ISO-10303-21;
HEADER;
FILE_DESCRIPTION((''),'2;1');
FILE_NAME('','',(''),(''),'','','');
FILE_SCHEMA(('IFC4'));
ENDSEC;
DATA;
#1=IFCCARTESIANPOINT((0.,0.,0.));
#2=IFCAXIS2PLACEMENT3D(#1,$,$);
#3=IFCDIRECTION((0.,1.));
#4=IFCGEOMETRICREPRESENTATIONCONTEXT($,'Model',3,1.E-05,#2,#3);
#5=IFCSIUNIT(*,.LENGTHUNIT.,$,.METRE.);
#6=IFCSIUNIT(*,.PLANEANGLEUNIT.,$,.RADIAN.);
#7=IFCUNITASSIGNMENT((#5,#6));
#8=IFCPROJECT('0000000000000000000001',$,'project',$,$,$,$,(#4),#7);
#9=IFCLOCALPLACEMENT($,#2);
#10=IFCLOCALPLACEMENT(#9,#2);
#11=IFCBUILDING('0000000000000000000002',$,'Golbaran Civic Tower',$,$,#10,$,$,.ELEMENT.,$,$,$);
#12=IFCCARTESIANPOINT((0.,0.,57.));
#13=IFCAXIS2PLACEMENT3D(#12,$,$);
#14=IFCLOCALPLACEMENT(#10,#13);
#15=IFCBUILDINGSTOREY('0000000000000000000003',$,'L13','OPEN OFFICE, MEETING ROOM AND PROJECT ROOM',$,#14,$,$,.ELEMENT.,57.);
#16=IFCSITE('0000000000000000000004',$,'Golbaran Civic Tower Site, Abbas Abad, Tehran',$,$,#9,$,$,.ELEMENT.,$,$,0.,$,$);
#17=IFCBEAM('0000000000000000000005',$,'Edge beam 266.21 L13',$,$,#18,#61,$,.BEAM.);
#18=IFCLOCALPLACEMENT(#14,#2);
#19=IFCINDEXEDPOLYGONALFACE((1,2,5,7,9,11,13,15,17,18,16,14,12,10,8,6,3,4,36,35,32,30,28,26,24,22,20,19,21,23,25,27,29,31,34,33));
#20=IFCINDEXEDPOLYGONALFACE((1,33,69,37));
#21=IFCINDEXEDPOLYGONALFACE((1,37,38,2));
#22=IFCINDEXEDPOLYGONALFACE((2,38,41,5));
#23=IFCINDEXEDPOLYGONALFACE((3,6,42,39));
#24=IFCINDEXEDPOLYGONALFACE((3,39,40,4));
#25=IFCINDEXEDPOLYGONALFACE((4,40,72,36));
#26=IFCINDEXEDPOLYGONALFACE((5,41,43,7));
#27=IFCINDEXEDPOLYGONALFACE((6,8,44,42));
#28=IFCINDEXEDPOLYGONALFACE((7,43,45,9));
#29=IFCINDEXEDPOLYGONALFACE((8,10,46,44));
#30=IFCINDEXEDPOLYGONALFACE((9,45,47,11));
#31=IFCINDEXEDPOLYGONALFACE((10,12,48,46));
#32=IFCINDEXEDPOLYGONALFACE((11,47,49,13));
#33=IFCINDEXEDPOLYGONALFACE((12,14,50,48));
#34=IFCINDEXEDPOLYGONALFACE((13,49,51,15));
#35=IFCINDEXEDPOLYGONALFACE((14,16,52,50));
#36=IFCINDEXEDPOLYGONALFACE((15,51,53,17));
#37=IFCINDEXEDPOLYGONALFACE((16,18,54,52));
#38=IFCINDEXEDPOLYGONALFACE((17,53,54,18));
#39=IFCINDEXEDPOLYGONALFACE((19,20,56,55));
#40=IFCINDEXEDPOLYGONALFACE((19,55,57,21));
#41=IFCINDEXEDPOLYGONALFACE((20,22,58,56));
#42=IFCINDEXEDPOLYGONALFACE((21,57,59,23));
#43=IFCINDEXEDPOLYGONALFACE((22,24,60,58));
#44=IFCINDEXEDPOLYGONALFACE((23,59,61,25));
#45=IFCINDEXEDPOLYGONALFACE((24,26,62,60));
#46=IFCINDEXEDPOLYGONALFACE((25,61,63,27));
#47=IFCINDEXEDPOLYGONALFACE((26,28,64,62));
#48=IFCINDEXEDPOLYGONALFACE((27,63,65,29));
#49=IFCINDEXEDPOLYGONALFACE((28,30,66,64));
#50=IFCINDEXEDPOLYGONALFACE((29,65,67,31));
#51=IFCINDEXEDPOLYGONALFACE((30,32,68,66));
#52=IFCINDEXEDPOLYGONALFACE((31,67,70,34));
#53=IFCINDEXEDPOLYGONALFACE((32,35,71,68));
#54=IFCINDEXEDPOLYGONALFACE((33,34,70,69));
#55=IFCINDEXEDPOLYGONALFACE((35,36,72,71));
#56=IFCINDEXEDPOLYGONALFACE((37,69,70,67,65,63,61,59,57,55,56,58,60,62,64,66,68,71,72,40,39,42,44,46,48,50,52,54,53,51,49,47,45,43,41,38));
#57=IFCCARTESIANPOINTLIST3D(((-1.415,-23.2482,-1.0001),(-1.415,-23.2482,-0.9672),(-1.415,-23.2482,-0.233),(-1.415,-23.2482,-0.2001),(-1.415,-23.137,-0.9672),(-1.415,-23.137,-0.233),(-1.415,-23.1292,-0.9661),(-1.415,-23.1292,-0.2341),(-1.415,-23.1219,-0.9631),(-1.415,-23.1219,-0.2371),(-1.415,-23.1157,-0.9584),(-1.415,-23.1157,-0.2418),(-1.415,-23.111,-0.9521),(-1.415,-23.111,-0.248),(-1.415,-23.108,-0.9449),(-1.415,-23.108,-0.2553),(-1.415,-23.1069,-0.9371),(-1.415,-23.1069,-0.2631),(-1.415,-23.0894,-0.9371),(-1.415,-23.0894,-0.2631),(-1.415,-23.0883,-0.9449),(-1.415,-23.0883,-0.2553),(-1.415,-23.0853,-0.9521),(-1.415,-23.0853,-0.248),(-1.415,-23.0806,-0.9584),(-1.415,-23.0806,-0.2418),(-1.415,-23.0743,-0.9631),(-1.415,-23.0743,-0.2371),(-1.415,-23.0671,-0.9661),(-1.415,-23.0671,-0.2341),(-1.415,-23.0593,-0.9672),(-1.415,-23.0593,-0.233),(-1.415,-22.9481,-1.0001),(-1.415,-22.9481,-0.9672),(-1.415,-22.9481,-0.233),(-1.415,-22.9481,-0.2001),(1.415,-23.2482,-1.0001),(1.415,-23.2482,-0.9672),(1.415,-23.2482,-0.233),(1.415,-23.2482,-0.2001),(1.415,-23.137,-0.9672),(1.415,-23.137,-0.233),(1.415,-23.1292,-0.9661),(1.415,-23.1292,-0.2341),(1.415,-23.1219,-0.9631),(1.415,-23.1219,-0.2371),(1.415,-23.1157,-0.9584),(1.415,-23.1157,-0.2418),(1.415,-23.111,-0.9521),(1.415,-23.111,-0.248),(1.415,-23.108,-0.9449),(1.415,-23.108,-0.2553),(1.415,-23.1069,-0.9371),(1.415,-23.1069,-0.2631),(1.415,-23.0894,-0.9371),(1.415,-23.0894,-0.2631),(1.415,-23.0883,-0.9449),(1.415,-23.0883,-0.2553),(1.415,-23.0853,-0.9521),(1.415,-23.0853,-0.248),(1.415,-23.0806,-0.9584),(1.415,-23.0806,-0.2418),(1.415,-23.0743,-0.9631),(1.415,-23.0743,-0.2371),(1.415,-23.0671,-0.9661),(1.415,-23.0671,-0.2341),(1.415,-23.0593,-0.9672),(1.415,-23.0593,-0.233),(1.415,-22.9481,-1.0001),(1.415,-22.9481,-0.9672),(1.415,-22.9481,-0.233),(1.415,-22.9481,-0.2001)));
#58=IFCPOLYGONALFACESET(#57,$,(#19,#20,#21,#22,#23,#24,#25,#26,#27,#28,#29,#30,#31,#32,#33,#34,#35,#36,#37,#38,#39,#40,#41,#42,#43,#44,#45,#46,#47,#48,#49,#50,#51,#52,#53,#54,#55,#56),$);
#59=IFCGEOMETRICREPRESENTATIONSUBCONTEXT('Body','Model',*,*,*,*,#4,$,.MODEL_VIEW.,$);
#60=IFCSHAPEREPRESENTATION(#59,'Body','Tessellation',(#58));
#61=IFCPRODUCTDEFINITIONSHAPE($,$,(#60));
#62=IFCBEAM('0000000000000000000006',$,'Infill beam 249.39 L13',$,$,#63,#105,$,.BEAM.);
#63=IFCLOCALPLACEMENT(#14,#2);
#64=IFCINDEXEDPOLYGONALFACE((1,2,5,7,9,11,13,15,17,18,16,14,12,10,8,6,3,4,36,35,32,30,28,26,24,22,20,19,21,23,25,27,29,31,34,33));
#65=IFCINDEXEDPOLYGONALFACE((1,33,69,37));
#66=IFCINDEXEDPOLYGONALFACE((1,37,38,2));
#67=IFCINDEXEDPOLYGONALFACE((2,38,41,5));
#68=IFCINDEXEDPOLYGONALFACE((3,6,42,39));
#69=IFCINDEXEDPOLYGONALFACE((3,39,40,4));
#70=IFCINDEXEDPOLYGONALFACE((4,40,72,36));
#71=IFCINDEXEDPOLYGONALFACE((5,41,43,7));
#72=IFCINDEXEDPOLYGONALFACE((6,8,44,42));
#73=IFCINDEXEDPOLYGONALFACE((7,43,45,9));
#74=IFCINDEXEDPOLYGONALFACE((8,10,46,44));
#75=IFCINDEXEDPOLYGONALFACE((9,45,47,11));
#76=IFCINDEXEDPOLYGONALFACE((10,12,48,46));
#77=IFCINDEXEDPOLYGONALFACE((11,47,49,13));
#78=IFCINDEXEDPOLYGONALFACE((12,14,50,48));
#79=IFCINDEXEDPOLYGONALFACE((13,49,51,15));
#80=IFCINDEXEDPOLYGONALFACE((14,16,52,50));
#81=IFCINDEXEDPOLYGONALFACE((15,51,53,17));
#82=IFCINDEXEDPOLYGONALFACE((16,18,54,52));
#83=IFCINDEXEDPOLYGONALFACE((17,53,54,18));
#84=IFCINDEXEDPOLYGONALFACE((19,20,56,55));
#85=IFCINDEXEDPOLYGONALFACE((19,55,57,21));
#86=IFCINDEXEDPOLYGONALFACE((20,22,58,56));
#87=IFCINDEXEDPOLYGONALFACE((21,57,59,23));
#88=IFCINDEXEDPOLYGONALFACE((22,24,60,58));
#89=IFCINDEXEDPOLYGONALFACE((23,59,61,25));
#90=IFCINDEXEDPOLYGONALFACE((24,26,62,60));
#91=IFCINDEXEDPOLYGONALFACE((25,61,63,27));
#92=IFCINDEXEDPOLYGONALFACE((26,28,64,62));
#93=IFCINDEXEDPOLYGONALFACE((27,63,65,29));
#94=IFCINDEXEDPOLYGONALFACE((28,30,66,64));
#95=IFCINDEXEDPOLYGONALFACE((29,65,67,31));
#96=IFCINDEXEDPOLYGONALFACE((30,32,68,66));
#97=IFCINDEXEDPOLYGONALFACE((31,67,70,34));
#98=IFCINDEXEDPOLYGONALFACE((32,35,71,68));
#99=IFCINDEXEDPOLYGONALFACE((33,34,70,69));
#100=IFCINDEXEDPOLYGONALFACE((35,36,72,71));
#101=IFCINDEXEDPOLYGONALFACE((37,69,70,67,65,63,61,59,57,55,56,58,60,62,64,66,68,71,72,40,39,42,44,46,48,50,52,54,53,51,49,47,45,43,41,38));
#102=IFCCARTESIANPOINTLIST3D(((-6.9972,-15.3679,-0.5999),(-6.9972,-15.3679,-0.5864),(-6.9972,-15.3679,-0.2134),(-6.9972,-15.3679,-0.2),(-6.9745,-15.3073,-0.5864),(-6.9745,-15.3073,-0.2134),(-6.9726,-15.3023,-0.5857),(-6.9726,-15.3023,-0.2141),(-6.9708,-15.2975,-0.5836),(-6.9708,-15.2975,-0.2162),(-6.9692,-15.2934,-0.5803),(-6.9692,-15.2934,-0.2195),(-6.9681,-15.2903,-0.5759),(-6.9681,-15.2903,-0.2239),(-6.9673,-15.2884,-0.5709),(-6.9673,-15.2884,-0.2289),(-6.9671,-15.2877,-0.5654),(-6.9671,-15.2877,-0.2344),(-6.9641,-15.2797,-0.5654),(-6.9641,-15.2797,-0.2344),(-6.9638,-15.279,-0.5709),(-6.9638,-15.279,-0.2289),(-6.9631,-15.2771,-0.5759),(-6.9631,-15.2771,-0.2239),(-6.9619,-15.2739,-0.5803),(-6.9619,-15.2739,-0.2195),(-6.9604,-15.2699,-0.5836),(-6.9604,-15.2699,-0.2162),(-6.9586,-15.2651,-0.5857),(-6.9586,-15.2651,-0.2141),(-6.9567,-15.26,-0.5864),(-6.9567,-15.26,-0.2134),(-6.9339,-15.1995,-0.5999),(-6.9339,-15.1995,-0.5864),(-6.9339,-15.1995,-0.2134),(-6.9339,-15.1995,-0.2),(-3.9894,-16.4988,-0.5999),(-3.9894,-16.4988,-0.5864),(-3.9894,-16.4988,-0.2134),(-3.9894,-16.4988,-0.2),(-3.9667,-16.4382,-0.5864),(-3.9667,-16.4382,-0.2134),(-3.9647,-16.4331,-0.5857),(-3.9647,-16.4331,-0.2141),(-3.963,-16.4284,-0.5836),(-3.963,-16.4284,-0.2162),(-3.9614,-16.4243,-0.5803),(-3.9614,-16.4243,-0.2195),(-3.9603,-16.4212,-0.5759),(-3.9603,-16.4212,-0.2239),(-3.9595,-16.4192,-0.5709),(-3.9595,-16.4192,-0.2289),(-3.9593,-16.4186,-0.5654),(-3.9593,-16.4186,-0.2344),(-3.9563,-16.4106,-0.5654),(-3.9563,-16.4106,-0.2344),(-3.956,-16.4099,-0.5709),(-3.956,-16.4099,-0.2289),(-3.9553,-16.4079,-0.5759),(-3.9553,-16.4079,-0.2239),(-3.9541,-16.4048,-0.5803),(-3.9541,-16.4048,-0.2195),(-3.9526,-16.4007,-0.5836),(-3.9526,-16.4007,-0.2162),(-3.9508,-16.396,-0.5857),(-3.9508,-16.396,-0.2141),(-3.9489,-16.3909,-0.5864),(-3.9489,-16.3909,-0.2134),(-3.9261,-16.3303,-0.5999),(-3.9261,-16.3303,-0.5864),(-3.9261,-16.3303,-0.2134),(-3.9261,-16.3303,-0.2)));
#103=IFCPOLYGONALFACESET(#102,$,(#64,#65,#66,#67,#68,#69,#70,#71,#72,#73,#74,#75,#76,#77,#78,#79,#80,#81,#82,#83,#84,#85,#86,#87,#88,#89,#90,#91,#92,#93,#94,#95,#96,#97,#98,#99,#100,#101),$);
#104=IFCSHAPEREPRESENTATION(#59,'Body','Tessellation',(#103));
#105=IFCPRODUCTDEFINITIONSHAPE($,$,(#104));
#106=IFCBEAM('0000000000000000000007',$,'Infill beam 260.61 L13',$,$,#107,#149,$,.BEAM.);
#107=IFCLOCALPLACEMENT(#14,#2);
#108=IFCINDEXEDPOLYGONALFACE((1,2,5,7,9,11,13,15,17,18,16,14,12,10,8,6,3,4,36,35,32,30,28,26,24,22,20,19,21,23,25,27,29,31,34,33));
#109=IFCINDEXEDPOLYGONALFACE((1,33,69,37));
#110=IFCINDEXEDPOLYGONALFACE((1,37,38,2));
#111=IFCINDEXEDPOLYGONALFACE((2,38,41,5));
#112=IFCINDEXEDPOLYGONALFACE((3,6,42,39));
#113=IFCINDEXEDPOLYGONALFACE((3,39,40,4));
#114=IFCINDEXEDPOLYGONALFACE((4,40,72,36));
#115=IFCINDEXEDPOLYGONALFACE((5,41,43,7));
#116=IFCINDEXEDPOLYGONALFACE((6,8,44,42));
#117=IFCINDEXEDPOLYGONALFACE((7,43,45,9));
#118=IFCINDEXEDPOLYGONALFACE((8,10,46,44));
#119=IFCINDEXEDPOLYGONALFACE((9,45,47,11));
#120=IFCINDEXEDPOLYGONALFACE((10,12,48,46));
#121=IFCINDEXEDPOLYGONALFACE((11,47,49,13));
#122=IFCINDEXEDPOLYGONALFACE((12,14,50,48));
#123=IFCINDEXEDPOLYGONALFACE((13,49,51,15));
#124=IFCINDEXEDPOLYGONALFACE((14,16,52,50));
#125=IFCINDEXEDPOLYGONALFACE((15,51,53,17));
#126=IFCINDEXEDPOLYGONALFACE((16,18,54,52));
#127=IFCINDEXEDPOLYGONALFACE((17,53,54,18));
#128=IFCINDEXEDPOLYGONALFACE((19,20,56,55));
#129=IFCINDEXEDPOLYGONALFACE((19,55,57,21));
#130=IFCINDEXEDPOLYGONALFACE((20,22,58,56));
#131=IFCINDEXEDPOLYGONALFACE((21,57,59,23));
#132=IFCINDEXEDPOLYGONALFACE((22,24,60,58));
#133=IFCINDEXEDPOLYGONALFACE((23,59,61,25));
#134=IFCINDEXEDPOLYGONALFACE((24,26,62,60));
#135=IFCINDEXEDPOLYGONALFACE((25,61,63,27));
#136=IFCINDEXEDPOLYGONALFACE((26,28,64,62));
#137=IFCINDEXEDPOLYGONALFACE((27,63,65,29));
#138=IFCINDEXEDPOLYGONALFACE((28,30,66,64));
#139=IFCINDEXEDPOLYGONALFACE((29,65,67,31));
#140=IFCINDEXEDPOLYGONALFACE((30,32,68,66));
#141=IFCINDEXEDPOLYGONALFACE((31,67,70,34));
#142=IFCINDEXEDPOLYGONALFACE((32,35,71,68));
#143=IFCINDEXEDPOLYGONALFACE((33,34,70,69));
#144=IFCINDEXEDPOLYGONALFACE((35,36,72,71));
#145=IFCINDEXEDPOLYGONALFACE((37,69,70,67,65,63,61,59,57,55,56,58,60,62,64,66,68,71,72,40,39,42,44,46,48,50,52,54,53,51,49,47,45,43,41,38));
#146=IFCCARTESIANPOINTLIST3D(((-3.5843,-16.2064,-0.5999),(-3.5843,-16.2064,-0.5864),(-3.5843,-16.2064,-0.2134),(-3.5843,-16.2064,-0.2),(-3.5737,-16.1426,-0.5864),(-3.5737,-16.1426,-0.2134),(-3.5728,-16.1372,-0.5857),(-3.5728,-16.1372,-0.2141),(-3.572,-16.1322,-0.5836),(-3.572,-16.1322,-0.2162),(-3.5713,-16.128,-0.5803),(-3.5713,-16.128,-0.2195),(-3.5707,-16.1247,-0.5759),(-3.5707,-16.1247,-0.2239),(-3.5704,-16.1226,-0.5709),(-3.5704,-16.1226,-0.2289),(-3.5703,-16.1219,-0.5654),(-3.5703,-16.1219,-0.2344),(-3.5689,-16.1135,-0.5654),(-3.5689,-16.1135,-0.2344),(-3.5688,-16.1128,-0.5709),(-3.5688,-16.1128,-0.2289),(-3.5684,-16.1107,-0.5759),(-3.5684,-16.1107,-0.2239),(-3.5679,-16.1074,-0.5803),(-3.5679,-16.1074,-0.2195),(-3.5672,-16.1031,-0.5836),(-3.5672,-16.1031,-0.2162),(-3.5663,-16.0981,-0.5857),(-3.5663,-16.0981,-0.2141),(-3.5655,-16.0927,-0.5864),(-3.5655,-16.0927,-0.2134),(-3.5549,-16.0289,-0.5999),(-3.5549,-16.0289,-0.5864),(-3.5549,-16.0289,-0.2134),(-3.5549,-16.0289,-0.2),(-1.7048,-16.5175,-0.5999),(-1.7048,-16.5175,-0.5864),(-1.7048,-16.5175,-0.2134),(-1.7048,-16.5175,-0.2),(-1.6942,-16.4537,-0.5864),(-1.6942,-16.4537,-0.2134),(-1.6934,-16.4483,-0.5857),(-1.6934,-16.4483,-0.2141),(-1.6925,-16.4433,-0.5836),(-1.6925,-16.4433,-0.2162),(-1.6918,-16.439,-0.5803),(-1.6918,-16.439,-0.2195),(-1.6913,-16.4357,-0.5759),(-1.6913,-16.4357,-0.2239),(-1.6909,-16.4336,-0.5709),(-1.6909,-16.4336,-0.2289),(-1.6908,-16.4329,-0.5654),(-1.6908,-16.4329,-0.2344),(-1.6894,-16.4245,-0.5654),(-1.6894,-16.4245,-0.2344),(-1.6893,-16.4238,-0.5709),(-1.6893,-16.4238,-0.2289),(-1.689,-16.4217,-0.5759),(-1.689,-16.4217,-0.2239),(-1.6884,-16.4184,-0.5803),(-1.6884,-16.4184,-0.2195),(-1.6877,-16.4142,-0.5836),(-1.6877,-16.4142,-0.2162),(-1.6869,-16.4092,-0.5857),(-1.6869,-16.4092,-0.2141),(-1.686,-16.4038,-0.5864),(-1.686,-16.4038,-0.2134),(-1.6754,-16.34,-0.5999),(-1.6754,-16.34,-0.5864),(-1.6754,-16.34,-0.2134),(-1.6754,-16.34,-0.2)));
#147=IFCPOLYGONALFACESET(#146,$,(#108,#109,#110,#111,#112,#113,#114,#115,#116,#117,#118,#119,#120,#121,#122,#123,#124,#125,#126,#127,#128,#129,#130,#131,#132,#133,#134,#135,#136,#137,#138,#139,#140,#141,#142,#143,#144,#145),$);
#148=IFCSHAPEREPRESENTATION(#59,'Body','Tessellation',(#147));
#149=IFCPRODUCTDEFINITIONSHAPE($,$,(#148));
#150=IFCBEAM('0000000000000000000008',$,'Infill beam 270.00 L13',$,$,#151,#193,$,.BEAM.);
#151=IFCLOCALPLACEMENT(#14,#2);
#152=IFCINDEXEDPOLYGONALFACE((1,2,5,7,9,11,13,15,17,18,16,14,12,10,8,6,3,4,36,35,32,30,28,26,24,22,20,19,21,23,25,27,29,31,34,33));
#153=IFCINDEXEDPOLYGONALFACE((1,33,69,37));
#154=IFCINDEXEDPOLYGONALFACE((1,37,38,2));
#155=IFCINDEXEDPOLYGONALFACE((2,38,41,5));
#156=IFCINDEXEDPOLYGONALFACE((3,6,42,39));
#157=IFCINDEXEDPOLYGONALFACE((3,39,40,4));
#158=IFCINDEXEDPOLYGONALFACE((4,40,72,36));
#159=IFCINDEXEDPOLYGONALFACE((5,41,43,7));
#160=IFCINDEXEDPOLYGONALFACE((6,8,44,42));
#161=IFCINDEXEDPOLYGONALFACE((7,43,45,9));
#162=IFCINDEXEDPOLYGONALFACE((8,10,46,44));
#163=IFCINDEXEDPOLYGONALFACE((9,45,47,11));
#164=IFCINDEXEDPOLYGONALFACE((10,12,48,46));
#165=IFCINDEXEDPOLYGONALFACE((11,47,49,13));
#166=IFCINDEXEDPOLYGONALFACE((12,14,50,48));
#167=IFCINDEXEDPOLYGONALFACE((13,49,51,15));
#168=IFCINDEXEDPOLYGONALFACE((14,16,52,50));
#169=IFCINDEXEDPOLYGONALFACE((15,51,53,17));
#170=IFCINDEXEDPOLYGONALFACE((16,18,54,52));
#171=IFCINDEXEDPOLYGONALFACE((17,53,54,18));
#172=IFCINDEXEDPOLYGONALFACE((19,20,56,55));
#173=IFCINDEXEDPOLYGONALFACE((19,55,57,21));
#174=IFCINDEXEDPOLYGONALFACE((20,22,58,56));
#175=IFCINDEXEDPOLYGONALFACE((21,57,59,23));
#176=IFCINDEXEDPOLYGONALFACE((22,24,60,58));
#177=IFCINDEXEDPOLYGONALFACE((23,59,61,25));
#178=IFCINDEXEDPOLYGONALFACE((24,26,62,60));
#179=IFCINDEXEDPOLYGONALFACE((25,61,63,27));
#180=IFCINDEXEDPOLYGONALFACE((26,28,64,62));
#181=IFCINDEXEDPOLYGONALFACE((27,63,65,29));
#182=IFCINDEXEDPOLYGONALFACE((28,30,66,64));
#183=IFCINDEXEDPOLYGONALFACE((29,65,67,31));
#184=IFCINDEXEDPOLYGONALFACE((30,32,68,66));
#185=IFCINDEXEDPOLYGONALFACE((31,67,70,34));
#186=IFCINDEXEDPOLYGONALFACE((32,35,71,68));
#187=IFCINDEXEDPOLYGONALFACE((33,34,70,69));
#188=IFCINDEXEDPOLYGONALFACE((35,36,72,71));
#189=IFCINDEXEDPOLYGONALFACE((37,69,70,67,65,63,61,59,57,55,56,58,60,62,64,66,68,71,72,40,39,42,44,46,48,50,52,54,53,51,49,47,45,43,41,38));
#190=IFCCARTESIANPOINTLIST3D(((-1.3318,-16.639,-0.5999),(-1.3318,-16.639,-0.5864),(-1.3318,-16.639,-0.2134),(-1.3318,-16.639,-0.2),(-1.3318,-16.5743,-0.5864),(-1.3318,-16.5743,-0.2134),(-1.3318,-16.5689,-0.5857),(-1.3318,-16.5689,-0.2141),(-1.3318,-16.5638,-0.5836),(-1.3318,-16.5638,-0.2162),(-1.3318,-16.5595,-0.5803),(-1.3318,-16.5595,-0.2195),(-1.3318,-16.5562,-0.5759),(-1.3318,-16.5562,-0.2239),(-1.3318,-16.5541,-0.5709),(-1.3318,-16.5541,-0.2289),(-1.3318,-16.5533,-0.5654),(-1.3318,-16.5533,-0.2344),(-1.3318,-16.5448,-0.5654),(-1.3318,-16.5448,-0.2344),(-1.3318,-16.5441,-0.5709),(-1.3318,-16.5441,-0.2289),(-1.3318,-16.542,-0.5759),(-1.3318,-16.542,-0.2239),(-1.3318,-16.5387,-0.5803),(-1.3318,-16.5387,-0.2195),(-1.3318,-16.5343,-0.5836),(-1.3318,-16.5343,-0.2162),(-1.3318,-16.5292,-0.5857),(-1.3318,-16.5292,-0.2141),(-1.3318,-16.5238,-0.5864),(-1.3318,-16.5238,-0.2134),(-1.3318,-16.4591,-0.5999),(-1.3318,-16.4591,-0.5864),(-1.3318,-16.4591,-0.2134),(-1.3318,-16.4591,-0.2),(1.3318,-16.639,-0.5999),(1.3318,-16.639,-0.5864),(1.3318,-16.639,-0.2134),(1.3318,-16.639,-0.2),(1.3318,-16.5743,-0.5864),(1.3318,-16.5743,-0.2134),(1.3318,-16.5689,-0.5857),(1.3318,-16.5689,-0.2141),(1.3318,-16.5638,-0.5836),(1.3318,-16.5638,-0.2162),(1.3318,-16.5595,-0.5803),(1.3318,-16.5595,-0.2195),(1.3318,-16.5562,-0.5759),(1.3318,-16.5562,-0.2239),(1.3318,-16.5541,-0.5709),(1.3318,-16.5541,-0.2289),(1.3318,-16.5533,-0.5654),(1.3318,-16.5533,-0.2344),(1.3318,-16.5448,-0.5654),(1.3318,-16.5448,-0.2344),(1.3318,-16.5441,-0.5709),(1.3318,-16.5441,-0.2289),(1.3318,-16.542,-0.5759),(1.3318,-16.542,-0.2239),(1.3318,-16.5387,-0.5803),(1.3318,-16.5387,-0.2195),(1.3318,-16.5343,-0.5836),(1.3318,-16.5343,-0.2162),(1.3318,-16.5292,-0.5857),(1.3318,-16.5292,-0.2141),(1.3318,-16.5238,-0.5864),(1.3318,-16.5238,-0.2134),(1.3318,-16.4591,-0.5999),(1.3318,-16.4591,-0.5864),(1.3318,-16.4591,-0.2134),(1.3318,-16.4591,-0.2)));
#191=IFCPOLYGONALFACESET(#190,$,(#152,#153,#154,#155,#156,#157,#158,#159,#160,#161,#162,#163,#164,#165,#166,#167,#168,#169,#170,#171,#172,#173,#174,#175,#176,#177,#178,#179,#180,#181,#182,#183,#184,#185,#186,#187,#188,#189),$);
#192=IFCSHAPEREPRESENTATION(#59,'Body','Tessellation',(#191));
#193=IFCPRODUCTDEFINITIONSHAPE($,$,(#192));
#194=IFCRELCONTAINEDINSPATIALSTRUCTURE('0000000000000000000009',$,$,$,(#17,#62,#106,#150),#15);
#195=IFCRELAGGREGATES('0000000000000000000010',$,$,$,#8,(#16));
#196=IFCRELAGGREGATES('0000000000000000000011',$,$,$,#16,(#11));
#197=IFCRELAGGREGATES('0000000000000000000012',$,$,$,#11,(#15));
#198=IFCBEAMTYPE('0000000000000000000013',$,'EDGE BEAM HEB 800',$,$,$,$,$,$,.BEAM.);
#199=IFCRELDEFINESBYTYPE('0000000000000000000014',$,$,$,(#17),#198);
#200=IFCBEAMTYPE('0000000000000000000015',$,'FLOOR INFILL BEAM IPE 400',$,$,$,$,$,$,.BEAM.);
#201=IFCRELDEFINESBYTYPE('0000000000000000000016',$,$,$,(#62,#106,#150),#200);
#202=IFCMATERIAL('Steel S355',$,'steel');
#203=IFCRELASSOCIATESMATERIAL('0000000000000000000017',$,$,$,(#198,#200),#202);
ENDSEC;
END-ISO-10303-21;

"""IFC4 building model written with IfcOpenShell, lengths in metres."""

from ifc_helpers import new_model, si_unit, direction, frame, origin, origin_2d, place, context, subcontext, project, spatial, i_section, extrude, material, material_profile, profile_set, type_object, element, save


model = new_model("IFC4")

# Units and contexts
model_context = context("Model", 3, precision=1e-05, world=origin(), true_north=direction((0.0, 1.0)))
body_context = subcontext(model_context, "Body", "Model", "MODEL_VIEW")
ifc_project = project(units=[si_unit("LENGTHUNIT", "METRE"), si_unit("PLANEANGLEUNIT", "RADIAN")], contexts=[model_context])

# Site, building, storey
site_placement = place(None, origin())
site = spatial("IfcSite", under=ifc_project, at=site_placement, Name="Golbaran Civic Tower Site, Abbas Abad, Tehran", CompositionType="ELEMENT", RefElevation=0.0)
building_placement = place(site_placement, origin())
building = spatial("IfcBuilding", under=site, at=building_placement, Name="Golbaran Civic Tower", CompositionType="ELEMENT")
storey_placement = place(building_placement, frame((0.0, 0.0, 57.0)))
storey = spatial("IfcBuildingStorey", under=building, at=storey_placement, Name="L13", Description="OPEN OFFICE, MEETING ROOM AND PROJECT ROOM", CompositionType="ELEMENT", Elevation=57.0)

# Beams
ifc_material_1 = material(Name="Steel S355", Category="steel")
ifc_material_profile_1 = material_profile(ifc_material_1, i_section(OverallWidth=0.3, OverallDepth=0.8, WebThickness=0.0176, FlangeThickness=0.033, FilletRadius=0.03, at=origin_2d()), Name="HEB 800")
ifc_profile_set_1 = profile_set([ifc_material_profile_1], Name="Steel S355")
beam_type_1 = type_object("IfcBeamType", Name="EDGE BEAM HEB 800", PredefinedType="BEAM", material=ifc_profile_set_1)
beam_1_placement = place(storey_placement, frame((-1.415, -23.0981, -0.6001), z_axis=(1.0, 0.0, 0.0), x_axis=(0.0, 1.0, 0.0)))
element("IfcBeam", 1, at=beam_1_placement, inside=storey, type_object=beam_type_1, Name="Edge beam 266.21 L13", PredefinedType="BEAM", context=body_context, shape_type="SweptSolid", body=[
    extrude(i_section(OverallWidth=0.3, OverallDepth=0.8, WebThickness=0.0176, FlangeThickness=0.033, FilletRadius=0.03, at=origin_2d()), origin(), (0.0, 0.0, 1.0), 2.8301),
])
ifc_material_profile_2 = material_profile(ifc_material_1, i_section(OverallWidth=0.1799, OverallDepth=0.3999, WebThickness=0.0085, FlangeThickness=0.0134, FilletRadius=0.021, at=origin_2d()), Name="IPE 400")
ifc_profile_set_2 = profile_set([ifc_material_profile_2], Name="Steel S355")
beam_type_2 = type_object("IfcBeamType", Name="FLOOR INFILL BEAM IPE 400", PredefinedType="BEAM", material=ifc_profile_set_2)
beam_2_placement = place(storey_placement, frame((-6.9656, -15.2837, -0.3999), z_axis=(0.936029, -0.351923, 0.0), x_axis=(0.351923, 0.936029, 0.0)))
element("IfcBeam", 2, at=beam_2_placement, inside=storey, type_object=beam_type_2, Name="Infill beam 249.39 L13", PredefinedType="BEAM", context=body_context, shape_type="SweptSolid", body=[
    extrude(i_section(OverallWidth=0.1799, OverallDepth=0.3999, WebThickness=0.0085, FlangeThickness=0.0134, FilletRadius=0.021, at=origin_2d()), origin(), (0.0, 0.0, 1.0), 3.2134),
])
beam_3_placement = place(storey_placement, frame((-3.5696, -16.1177, -0.3999), z_axis=(0.98658, -0.163277, 0.0), x_axis=(0.163277, 0.98658, 0.0)))
element("IfcBeam", 3, at=beam_3_placement, inside=storey, type_object=beam_type_2, Name="Infill beam 260.61 L13", PredefinedType="BEAM", context=body_context, shape_type="SweptSolid", body=[
    extrude(i_section(OverallWidth=0.1799, OverallDepth=0.3999, WebThickness=0.0085, FlangeThickness=0.0134, FilletRadius=0.021, at=origin_2d()), origin(), (0.0, 0.0, 1.0), 1.905),
])
beam_4_placement = place(storey_placement, frame((-1.3318, -16.5491, -0.3999), z_axis=(1.0, 0.0, 0.0), x_axis=(0.0, 1.0, 0.0)))
element("IfcBeam", 4, at=beam_4_placement, inside=storey, type_object=beam_type_2, Name="Infill beam 270.00 L13", PredefinedType="BEAM", context=body_context, shape_type="SweptSolid", body=[
    extrude(i_section(OverallWidth=0.1799, OverallDepth=0.3999, WebThickness=0.0085, FlangeThickness=0.0134, FilletRadius=0.021, at=origin_2d()), origin(), (0.0, 0.0, 1.0), 2.6636),
])

save(model, "model.ifc")
